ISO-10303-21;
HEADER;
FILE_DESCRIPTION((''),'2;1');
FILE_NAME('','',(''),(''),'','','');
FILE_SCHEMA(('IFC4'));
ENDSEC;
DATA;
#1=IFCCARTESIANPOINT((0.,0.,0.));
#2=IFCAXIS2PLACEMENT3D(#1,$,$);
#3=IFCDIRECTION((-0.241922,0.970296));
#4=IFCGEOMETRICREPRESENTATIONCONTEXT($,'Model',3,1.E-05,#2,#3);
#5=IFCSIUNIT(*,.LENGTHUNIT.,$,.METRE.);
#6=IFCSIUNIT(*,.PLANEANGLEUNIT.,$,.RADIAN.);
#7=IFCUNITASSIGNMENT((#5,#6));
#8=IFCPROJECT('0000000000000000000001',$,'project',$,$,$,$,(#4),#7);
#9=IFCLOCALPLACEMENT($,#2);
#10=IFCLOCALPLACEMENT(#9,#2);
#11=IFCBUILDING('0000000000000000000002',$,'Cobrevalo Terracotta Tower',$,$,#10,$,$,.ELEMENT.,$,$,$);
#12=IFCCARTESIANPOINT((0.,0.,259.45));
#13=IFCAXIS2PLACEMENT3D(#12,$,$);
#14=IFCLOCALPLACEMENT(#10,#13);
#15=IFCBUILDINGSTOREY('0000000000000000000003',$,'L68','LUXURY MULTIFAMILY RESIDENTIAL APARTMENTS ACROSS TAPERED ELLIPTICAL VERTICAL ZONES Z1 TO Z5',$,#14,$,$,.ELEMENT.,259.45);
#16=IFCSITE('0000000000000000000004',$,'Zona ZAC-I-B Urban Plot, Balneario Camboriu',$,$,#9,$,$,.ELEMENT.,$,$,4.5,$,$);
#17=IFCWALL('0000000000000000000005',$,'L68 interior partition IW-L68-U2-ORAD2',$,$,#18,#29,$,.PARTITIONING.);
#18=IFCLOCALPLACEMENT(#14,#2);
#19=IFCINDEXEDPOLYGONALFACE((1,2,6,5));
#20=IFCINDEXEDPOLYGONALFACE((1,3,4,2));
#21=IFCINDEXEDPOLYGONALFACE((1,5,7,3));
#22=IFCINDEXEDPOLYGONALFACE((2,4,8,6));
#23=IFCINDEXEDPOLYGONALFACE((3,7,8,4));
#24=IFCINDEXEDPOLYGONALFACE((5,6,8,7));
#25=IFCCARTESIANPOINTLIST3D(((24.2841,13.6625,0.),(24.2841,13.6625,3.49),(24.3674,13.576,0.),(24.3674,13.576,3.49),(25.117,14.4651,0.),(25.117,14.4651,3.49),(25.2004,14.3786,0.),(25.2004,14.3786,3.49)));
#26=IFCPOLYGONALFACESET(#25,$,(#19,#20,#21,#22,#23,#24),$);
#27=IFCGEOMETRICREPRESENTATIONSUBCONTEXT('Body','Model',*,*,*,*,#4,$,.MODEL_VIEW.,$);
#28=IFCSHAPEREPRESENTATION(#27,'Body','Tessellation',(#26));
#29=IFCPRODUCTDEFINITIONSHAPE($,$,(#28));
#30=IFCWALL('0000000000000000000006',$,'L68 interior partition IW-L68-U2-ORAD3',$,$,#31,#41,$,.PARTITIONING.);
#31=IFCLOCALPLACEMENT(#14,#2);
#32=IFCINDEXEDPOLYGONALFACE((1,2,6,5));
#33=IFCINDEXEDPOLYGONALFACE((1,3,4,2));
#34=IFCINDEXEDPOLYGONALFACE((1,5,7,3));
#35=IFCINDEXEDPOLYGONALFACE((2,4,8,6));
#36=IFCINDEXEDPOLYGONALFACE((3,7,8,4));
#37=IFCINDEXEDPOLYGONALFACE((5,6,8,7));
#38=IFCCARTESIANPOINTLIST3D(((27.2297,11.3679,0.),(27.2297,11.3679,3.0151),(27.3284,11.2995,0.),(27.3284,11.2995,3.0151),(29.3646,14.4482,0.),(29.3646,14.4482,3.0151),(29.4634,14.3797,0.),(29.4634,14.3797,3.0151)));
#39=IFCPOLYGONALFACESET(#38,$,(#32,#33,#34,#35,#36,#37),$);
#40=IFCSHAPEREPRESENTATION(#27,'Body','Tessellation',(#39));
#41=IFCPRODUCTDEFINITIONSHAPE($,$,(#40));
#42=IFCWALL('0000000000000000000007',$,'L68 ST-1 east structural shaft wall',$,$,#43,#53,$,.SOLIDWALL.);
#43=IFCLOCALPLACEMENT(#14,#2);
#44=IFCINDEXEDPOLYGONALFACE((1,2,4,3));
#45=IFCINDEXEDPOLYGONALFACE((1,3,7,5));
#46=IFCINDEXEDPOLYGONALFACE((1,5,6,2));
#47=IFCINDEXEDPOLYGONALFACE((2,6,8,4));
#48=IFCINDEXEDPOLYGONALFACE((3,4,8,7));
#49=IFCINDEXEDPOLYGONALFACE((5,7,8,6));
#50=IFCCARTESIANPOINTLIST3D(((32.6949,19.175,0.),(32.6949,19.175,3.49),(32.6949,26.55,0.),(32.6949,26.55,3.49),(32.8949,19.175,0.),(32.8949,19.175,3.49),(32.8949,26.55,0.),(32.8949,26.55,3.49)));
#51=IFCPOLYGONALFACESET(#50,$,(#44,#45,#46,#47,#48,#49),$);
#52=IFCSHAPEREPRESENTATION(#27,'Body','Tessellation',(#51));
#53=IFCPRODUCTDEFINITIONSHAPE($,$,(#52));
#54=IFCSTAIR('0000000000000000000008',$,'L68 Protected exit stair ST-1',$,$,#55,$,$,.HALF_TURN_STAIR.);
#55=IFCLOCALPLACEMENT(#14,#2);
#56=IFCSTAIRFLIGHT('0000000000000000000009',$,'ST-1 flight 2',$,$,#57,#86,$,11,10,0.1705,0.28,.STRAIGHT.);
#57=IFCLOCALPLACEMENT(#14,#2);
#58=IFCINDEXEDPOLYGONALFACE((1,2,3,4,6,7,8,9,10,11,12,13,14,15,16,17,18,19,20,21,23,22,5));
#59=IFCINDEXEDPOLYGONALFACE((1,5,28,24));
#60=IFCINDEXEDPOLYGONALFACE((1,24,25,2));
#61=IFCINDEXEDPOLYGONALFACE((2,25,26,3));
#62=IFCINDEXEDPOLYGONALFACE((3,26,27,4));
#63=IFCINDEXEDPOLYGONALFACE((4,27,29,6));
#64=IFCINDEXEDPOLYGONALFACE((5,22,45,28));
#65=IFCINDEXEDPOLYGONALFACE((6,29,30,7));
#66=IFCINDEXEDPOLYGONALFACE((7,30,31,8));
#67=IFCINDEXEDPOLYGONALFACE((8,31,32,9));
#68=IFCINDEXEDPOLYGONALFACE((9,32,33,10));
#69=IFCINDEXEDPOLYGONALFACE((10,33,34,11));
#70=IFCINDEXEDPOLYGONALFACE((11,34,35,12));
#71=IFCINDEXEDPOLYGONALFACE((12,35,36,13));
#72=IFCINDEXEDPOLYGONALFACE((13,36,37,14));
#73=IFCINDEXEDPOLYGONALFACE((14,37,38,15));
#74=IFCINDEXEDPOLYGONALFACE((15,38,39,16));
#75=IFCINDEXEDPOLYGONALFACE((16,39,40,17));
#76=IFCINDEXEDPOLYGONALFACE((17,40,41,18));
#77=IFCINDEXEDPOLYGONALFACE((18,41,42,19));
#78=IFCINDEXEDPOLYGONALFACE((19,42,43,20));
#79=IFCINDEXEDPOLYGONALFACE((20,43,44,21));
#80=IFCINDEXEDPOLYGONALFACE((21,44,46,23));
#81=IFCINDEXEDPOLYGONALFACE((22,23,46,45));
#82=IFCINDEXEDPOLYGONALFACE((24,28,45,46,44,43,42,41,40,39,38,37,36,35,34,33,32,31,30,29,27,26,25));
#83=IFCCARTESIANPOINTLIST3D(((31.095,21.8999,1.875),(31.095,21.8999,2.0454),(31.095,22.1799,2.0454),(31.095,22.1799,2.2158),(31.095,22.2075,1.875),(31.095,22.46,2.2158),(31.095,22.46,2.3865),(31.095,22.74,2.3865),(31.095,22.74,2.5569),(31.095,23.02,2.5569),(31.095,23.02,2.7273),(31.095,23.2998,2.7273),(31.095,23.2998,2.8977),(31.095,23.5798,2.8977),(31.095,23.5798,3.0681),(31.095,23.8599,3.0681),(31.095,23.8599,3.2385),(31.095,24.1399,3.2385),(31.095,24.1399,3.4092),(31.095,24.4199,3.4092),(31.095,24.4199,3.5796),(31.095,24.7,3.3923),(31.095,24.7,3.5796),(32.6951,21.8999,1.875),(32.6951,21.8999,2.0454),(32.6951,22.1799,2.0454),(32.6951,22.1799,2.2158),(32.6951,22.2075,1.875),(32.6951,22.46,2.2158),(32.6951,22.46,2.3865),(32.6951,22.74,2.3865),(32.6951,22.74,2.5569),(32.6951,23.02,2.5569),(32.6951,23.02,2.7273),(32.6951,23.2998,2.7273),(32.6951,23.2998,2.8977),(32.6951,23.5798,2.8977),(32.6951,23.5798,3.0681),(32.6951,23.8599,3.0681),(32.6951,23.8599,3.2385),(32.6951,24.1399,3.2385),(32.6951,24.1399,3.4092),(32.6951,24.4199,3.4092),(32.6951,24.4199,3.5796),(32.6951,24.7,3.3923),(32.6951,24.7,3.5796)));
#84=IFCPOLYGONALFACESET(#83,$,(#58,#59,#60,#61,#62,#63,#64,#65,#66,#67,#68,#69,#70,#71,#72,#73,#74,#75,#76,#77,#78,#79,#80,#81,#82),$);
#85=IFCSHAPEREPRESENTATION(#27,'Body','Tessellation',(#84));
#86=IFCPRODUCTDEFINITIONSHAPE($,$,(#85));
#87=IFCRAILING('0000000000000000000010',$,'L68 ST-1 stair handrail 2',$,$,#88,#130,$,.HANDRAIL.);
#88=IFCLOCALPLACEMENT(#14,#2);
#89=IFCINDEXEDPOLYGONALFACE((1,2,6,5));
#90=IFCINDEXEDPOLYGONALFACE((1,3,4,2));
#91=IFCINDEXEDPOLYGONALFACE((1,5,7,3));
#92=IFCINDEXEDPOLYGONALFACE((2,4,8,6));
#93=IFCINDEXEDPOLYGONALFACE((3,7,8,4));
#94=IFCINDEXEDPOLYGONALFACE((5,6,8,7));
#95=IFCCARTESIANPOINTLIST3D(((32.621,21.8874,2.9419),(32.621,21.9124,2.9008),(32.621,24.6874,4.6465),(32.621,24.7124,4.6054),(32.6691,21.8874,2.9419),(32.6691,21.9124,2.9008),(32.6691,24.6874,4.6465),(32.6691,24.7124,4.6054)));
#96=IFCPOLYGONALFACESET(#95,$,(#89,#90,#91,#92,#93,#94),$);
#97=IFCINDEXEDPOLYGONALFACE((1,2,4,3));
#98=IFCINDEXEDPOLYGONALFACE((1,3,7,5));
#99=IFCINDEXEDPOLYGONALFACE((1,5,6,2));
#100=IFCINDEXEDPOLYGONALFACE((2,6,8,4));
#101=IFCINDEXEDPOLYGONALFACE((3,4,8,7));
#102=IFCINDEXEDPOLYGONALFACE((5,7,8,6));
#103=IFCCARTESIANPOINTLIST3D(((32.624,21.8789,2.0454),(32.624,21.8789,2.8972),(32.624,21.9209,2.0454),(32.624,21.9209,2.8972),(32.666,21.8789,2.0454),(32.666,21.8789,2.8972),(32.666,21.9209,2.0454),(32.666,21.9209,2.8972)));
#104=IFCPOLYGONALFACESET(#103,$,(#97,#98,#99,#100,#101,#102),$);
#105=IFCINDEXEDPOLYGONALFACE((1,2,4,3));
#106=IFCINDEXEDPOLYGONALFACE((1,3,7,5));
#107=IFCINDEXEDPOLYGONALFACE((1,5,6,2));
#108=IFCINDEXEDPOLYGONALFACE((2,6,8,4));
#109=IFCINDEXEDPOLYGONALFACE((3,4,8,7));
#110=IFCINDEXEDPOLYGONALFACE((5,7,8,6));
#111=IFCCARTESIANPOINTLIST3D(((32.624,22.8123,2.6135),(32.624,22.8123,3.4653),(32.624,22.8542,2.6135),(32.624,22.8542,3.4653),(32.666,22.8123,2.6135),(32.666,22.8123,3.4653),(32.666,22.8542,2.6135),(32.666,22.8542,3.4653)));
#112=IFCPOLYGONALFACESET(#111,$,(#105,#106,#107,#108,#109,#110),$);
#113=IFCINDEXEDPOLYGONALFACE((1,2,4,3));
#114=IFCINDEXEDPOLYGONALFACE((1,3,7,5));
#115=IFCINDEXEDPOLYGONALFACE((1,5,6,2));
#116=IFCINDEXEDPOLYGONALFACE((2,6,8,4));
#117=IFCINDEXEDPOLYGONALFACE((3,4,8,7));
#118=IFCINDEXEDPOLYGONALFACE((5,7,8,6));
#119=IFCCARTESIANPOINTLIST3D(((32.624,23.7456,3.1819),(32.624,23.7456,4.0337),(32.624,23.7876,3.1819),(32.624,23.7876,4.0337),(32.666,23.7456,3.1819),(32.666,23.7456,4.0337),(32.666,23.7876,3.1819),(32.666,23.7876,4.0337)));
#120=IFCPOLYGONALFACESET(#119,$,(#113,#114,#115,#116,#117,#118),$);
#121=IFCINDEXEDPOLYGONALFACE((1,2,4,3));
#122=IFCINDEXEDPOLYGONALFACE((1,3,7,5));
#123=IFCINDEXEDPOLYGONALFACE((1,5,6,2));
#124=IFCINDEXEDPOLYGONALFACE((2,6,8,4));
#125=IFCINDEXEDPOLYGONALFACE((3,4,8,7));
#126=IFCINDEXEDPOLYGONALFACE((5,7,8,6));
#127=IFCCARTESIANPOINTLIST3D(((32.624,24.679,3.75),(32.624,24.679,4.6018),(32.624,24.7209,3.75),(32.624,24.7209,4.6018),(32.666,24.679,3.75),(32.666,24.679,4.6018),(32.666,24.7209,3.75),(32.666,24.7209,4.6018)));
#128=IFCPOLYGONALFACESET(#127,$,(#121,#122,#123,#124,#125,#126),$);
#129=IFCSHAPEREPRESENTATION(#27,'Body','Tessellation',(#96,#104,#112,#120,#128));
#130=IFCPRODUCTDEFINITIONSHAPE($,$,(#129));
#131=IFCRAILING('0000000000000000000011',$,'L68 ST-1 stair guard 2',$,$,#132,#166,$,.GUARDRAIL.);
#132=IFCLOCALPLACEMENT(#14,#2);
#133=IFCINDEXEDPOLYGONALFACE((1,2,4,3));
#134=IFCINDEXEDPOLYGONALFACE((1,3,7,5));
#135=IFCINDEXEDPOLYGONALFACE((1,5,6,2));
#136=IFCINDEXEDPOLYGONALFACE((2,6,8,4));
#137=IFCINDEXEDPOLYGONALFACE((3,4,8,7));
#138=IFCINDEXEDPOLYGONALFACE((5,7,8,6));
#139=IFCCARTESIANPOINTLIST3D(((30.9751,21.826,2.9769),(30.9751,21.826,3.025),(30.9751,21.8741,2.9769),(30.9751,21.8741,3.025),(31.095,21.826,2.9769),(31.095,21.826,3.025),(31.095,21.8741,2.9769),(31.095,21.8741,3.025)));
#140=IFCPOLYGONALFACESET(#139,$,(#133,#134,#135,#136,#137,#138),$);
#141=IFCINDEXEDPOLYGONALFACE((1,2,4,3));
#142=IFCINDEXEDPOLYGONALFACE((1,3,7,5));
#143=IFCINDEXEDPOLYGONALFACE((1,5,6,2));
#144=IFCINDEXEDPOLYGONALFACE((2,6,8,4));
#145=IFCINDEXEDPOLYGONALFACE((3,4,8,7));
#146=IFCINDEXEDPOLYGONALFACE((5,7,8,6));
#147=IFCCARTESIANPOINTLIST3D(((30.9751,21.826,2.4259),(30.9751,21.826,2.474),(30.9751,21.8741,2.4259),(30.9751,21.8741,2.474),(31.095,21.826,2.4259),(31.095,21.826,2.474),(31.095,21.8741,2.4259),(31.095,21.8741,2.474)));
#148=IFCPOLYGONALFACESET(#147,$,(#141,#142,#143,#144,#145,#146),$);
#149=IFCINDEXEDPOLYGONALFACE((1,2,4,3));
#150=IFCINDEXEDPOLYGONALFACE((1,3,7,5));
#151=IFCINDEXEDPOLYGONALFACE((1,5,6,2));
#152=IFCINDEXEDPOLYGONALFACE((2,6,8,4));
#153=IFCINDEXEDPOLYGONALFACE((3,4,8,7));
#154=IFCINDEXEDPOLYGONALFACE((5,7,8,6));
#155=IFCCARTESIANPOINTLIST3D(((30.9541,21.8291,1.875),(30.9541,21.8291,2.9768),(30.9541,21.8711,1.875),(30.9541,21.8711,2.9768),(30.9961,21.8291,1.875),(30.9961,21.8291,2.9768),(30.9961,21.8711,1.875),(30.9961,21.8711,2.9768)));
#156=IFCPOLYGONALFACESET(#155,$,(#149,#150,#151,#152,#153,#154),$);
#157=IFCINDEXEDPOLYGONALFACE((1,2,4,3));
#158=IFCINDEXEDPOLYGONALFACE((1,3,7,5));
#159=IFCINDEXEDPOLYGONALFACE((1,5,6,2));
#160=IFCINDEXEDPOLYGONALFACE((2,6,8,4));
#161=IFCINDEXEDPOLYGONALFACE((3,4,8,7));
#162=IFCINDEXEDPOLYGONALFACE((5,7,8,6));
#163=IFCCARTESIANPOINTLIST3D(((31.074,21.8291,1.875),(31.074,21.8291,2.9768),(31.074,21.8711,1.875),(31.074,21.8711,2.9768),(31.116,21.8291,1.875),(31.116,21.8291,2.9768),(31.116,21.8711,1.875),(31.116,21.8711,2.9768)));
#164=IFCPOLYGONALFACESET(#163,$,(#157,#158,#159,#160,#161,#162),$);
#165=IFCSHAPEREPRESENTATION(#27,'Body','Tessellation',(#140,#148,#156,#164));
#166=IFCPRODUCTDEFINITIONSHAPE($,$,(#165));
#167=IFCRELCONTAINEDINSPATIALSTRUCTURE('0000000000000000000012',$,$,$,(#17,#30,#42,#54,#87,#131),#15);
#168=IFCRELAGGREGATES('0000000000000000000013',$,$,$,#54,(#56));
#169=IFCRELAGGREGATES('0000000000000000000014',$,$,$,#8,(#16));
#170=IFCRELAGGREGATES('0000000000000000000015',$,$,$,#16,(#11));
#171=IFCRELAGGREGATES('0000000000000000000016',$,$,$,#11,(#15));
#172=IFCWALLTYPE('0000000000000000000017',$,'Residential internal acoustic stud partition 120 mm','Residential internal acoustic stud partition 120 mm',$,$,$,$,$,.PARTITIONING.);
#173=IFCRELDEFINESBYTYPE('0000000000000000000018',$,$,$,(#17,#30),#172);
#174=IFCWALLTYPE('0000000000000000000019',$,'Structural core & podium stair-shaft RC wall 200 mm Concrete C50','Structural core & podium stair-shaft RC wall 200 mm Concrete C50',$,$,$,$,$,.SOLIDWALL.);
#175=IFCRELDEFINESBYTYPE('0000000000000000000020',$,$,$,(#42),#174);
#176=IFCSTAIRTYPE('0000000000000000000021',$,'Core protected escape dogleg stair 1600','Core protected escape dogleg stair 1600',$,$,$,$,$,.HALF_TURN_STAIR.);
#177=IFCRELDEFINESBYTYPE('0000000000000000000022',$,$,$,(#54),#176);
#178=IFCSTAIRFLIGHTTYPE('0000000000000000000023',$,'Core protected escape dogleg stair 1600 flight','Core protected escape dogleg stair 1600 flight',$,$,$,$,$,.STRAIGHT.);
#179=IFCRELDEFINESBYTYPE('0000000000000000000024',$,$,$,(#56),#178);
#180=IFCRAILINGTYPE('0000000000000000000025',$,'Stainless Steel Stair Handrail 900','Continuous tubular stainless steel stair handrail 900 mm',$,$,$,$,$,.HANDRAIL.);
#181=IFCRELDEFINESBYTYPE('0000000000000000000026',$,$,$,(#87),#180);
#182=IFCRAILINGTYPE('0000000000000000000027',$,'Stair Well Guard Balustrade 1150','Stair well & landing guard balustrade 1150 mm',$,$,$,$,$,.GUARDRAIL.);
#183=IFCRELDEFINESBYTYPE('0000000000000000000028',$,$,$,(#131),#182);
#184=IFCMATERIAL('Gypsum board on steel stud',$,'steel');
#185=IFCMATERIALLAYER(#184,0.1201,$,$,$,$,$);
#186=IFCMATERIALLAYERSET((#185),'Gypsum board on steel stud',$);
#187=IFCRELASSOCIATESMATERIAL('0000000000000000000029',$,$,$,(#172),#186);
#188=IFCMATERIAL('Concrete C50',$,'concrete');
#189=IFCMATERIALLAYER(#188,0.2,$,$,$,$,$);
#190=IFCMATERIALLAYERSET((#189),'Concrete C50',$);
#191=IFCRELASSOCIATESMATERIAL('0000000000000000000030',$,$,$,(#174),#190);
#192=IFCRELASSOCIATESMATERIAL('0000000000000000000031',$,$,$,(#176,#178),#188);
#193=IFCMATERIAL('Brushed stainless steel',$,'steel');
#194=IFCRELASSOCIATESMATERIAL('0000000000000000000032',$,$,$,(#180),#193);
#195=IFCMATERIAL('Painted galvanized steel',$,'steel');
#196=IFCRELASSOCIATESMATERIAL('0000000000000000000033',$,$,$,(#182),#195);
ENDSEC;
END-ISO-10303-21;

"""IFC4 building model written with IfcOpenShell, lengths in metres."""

from ifc_helpers import new_model, si_unit, direction, frame, frame_2d, origin, origin_2d, place, context, subcontext, project, spatial, polyline, rectangle, outline, extrude, material, layer, layer_set, type_object, element, aggregate, save


model = new_model("IFC4")

# Units and contexts
model_context = context("Model", 3, precision=1e-05, world=origin(), true_north=direction((-0.241922, 0.970296)))
body_context = subcontext(model_context, "Body", "Model", "MODEL_VIEW")
ifc_project = project(units=[si_unit("LENGTHUNIT", "METRE"), si_unit("PLANEANGLEUNIT", "RADIAN")], contexts=[model_context])

# Site, building, storey
site_placement = place(None, origin())
site = spatial("IfcSite", under=ifc_project, at=site_placement, Name="Zona ZAC-I-B Urban Plot, Balneario Camboriu", CompositionType="ELEMENT", RefElevation=4.5)
building_placement = place(site_placement, origin())
building = spatial("IfcBuilding", under=site, at=building_placement, Name="Cobrevalo Terracotta Tower", CompositionType="ELEMENT")
storey_placement = place(building_placement, frame((0.0, 0.0, 259.45)))
storey = spatial("IfcBuildingStorey", under=building, at=storey_placement, Name="L68", Description="LUXURY MULTIFAMILY RESIDENTIAL APARTMENTS ACROSS TAPERED ELLIPTICAL VERTICAL ZONES Z1 TO Z5", CompositionType="ELEMENT", Elevation=259.45)

# Shared definitions
ifc_material_1 = material(Name="Concrete C50", Category="concrete")

# Shared definitions
ifc_material_2 = material(Name="Gypsum board on steel stud", Category="steel")

# Walls
ifc_layer_1 = layer(ifc_material_2, 0.1201)
ifc_layer_set_1 = layer_set([ifc_layer_1], Name="Gypsum board on steel stud")
wall_type_1 = type_object("IfcWallType", Name="Residential internal acoustic stud partition 120 mm", Description="Residential internal acoustic stud partition 120 mm", PredefinedType="PARTITIONING", material=ifc_layer_set_1)
wall_1_placement = place(storey_placement, frame((25.1587, 14.4219, 0.0), z_axis=(0.0, 0.0, 1.0), x_axis=(-0.72007, -0.693901, 0.0)))
element("IfcWall", 1, at=wall_1_placement, inside=storey, type_object=wall_type_1, Name="L68 interior partition IW-L68-U2-ORAD2", PredefinedType="PARTITIONING", context=body_context, shape_type="SweptSolid", body=[
    extrude(rectangle(XDim=1.1567, YDim=0.1201, at=frame_2d((0.5784, 0.0))), origin(), (0.0, 0.0, 1.0), 3.49),
])
wall_2_placement = place(storey_placement, frame((29.4141, 14.4141, 0.0), z_axis=(0.0, 0.0, 1.0), x_axis=(-0.569657, -0.821883, 0.0)))
element("IfcWall", 2, at=wall_2_placement, inside=storey, type_object=wall_type_1, Name="L68 interior partition IW-L68-U2-ORAD3", PredefinedType="PARTITIONING", context=body_context, shape_type="SweptSolid", body=[
    extrude(rectangle(XDim=3.7478, YDim=0.1201, at=frame_2d((1.874, 0.0))), origin(), (0.0, 0.0, 1.0), 3.0151),
])

# Wall
ifc_layer_2 = layer(ifc_material_1, 0.2)
ifc_layer_set_2 = layer_set([ifc_layer_2], Name="Concrete C50")
wall_type_2 = type_object("IfcWallType", Name="Structural core & podium stair-shaft RC wall 200 mm Concrete C50", Description="Structural core & podium stair-shaft RC wall 200 mm Concrete C50", PredefinedType="SOLIDWALL", material=ifc_layer_set_2)
wall_3_placement = place(storey_placement, frame((32.7949, 19.175, 0.0), z_axis=(0.0, 0.0, 1.0), x_axis=(0.0, 1.0, 0.0)))
element("IfcWall", 3, at=wall_3_placement, inside=storey, type_object=wall_type_2, Name="L68 ST-1 east structural shaft wall", PredefinedType="SOLIDWALL", context=body_context, shape_type="SweptSolid", body=[
    extrude(rectangle(XDim=7.375, YDim=0.2, at=frame_2d((3.6875, 0.0))), origin(), (0.0, 0.0, 1.0), 3.49),
])

# Stair, stair flight
stair_type = type_object("IfcStairType", Name="Core protected escape dogleg stair 1600", Description="Core protected escape dogleg stair 1600", PredefinedType="HALF_TURN_STAIR", material=ifc_material_1)
stair_placement = place(storey_placement, origin())
stair = element("IfcStair", 4, at=stair_placement, inside=storey, type_object=stair_type, Name="L68 Protected exit stair ST-1", PredefinedType="HALF_TURN_STAIR")
stair_flight_type = type_object("IfcStairFlightType", Name="Core protected escape dogleg stair 1600 flight", Description="Core protected escape dogleg stair 1600 flight", PredefinedType="STRAIGHT", material=ifc_material_1)
stair_flight_placement = place(storey_placement, frame((31.895, 21.8999, 1.875), z_axis=(0.0, 0.0, 1.0), x_axis=(0.0, 1.0, 0.0)))
stair_flight = element("IfcStairFlight", 5, at=stair_flight_placement, type_object=stair_flight_type, Name="ST-1 flight 2", NumberOfRisers=11, NumberOfTreads=10, PredefinedType="STRAIGHT", RiserHeight=0.1705, TreadLength=0.28, context=body_context, shape_type="SweptSolid", body=[
    extrude(outline(polyline([(0.0, 0.0), (0.0, 0.1704), (0.28, 0.1704), (0.28, 0.3408), (0.5601, 0.3408), (0.5601, 0.5115), (0.8401, 0.5115), (0.8401, 0.6819), (1.1201, 0.6819), (1.1201, 0.8523), (1.3999, 0.8523), (1.3999, 1.0227), (1.6799, 1.0227), (1.6799, 1.1931), (1.96, 1.1931), (1.96, 1.3635), (2.24, 1.3635), (2.24, 1.5342), (2.52, 1.5342), (2.52, 1.7046), (2.8, 1.7046), (2.8, 1.875), (2.8, 1.5173), (0.3076, 0.0), (0.0, 0.0)])), frame((0.0, 0.8, 0.0), z_axis=(0.0, -1.0, 0.0), x_axis=(1.0, 0.0, 0.0)), (0.0, 0.0, 1.0), 1.6001),
])
aggregate(stair, [stair_flight])

# Railings
ifc_material_3 = material(Name="Brushed stainless steel", Category="steel")
railing_type_1 = type_object("IfcRailingType", Name="Stainless Steel Stair Handrail 900", Description="Continuous tubular stainless steel stair handrail 900 mm", PredefinedType="HANDRAIL", material=ifc_material_3)
railing_1_placement = place(storey_placement, frame((32.645, 21.8999, 2.0454)))
element("IfcRailing", 6, at=railing_1_placement, inside=storey, type_object=railing_type_1, Name="L68 ST-1 stair handrail 2", PredefinedType="HANDRAIL", context=body_context, shape_type="SweptSolid", body=[
    extrude(rectangle(XDim=0.0481, YDim=0.0481, at=origin_2d()), frame((0.0, 0.0, 0.876), z_axis=(0.0, 0.85417, 0.519994), x_axis=(-1.0, 0.0, 0.0)), (0.0, 0.0, 1.0), 3.2781),
    extrude(rectangle(XDim=0.042, YDim=0.042, at=origin_2d()), origin(), (0.0, 0.0, 1.0), 0.8518),
    extrude(rectangle(XDim=0.042, YDim=0.042, at=origin_2d()), frame((0.0, 0.9333, 0.5681)), (0.0, 0.0, 1.0), 0.8518),
    extrude(rectangle(XDim=0.042, YDim=0.042, at=origin_2d()), frame((0.0, 1.8667, 1.1365)), (0.0, 0.0, 1.0), 0.8518),
    extrude(rectangle(XDim=0.042, YDim=0.042, at=origin_2d()), frame((0.0, 2.8, 1.7046)), (0.0, 0.0, 1.0), 0.8518),
])
ifc_material_4 = material(Name="Painted galvanized steel", Category="steel")
railing_type_2 = type_object("IfcRailingType", Name="Stair Well Guard Balustrade 1150", Description="Stair well & landing guard balustrade 1150 mm", PredefinedType="GUARDRAIL", material=ifc_material_4)
railing_2_placement = place(storey_placement, frame((30.9751, 21.8501, 1.875)))
element("IfcRailing", 7, at=railing_2_placement, inside=storey, type_object=railing_type_2, Name="L68 ST-1 stair guard 2", PredefinedType="GUARDRAIL", context=body_context, shape_type="SweptSolid", body=[
    extrude(rectangle(XDim=0.0481, YDim=0.0481, at=origin_2d()), frame((0.0, 0.0, 1.126), z_axis=(1.0, 0.0, 0.0), x_axis=(0.0, 1.0, 0.0)), (0.0, 0.0, 1.0), 0.1199),
    extrude(rectangle(XDim=0.0481, YDim=0.0481, at=origin_2d()), frame((0.0, 0.0, 0.575), z_axis=(1.0, 0.0, 0.0), x_axis=(0.0, 1.0, 0.0)), (0.0, 0.0, 1.0), 0.1199),
    extrude(rectangle(XDim=0.042, YDim=0.042, at=origin_2d()), origin(), (0.0, 0.0, 1.0), 1.1018),
    extrude(rectangle(XDim=0.042, YDim=0.042, at=origin_2d()), frame((0.1199, 0.0, 0.0)), (0.0, 0.0, 1.0), 1.1018),
])

save(model, "model.ifc")
